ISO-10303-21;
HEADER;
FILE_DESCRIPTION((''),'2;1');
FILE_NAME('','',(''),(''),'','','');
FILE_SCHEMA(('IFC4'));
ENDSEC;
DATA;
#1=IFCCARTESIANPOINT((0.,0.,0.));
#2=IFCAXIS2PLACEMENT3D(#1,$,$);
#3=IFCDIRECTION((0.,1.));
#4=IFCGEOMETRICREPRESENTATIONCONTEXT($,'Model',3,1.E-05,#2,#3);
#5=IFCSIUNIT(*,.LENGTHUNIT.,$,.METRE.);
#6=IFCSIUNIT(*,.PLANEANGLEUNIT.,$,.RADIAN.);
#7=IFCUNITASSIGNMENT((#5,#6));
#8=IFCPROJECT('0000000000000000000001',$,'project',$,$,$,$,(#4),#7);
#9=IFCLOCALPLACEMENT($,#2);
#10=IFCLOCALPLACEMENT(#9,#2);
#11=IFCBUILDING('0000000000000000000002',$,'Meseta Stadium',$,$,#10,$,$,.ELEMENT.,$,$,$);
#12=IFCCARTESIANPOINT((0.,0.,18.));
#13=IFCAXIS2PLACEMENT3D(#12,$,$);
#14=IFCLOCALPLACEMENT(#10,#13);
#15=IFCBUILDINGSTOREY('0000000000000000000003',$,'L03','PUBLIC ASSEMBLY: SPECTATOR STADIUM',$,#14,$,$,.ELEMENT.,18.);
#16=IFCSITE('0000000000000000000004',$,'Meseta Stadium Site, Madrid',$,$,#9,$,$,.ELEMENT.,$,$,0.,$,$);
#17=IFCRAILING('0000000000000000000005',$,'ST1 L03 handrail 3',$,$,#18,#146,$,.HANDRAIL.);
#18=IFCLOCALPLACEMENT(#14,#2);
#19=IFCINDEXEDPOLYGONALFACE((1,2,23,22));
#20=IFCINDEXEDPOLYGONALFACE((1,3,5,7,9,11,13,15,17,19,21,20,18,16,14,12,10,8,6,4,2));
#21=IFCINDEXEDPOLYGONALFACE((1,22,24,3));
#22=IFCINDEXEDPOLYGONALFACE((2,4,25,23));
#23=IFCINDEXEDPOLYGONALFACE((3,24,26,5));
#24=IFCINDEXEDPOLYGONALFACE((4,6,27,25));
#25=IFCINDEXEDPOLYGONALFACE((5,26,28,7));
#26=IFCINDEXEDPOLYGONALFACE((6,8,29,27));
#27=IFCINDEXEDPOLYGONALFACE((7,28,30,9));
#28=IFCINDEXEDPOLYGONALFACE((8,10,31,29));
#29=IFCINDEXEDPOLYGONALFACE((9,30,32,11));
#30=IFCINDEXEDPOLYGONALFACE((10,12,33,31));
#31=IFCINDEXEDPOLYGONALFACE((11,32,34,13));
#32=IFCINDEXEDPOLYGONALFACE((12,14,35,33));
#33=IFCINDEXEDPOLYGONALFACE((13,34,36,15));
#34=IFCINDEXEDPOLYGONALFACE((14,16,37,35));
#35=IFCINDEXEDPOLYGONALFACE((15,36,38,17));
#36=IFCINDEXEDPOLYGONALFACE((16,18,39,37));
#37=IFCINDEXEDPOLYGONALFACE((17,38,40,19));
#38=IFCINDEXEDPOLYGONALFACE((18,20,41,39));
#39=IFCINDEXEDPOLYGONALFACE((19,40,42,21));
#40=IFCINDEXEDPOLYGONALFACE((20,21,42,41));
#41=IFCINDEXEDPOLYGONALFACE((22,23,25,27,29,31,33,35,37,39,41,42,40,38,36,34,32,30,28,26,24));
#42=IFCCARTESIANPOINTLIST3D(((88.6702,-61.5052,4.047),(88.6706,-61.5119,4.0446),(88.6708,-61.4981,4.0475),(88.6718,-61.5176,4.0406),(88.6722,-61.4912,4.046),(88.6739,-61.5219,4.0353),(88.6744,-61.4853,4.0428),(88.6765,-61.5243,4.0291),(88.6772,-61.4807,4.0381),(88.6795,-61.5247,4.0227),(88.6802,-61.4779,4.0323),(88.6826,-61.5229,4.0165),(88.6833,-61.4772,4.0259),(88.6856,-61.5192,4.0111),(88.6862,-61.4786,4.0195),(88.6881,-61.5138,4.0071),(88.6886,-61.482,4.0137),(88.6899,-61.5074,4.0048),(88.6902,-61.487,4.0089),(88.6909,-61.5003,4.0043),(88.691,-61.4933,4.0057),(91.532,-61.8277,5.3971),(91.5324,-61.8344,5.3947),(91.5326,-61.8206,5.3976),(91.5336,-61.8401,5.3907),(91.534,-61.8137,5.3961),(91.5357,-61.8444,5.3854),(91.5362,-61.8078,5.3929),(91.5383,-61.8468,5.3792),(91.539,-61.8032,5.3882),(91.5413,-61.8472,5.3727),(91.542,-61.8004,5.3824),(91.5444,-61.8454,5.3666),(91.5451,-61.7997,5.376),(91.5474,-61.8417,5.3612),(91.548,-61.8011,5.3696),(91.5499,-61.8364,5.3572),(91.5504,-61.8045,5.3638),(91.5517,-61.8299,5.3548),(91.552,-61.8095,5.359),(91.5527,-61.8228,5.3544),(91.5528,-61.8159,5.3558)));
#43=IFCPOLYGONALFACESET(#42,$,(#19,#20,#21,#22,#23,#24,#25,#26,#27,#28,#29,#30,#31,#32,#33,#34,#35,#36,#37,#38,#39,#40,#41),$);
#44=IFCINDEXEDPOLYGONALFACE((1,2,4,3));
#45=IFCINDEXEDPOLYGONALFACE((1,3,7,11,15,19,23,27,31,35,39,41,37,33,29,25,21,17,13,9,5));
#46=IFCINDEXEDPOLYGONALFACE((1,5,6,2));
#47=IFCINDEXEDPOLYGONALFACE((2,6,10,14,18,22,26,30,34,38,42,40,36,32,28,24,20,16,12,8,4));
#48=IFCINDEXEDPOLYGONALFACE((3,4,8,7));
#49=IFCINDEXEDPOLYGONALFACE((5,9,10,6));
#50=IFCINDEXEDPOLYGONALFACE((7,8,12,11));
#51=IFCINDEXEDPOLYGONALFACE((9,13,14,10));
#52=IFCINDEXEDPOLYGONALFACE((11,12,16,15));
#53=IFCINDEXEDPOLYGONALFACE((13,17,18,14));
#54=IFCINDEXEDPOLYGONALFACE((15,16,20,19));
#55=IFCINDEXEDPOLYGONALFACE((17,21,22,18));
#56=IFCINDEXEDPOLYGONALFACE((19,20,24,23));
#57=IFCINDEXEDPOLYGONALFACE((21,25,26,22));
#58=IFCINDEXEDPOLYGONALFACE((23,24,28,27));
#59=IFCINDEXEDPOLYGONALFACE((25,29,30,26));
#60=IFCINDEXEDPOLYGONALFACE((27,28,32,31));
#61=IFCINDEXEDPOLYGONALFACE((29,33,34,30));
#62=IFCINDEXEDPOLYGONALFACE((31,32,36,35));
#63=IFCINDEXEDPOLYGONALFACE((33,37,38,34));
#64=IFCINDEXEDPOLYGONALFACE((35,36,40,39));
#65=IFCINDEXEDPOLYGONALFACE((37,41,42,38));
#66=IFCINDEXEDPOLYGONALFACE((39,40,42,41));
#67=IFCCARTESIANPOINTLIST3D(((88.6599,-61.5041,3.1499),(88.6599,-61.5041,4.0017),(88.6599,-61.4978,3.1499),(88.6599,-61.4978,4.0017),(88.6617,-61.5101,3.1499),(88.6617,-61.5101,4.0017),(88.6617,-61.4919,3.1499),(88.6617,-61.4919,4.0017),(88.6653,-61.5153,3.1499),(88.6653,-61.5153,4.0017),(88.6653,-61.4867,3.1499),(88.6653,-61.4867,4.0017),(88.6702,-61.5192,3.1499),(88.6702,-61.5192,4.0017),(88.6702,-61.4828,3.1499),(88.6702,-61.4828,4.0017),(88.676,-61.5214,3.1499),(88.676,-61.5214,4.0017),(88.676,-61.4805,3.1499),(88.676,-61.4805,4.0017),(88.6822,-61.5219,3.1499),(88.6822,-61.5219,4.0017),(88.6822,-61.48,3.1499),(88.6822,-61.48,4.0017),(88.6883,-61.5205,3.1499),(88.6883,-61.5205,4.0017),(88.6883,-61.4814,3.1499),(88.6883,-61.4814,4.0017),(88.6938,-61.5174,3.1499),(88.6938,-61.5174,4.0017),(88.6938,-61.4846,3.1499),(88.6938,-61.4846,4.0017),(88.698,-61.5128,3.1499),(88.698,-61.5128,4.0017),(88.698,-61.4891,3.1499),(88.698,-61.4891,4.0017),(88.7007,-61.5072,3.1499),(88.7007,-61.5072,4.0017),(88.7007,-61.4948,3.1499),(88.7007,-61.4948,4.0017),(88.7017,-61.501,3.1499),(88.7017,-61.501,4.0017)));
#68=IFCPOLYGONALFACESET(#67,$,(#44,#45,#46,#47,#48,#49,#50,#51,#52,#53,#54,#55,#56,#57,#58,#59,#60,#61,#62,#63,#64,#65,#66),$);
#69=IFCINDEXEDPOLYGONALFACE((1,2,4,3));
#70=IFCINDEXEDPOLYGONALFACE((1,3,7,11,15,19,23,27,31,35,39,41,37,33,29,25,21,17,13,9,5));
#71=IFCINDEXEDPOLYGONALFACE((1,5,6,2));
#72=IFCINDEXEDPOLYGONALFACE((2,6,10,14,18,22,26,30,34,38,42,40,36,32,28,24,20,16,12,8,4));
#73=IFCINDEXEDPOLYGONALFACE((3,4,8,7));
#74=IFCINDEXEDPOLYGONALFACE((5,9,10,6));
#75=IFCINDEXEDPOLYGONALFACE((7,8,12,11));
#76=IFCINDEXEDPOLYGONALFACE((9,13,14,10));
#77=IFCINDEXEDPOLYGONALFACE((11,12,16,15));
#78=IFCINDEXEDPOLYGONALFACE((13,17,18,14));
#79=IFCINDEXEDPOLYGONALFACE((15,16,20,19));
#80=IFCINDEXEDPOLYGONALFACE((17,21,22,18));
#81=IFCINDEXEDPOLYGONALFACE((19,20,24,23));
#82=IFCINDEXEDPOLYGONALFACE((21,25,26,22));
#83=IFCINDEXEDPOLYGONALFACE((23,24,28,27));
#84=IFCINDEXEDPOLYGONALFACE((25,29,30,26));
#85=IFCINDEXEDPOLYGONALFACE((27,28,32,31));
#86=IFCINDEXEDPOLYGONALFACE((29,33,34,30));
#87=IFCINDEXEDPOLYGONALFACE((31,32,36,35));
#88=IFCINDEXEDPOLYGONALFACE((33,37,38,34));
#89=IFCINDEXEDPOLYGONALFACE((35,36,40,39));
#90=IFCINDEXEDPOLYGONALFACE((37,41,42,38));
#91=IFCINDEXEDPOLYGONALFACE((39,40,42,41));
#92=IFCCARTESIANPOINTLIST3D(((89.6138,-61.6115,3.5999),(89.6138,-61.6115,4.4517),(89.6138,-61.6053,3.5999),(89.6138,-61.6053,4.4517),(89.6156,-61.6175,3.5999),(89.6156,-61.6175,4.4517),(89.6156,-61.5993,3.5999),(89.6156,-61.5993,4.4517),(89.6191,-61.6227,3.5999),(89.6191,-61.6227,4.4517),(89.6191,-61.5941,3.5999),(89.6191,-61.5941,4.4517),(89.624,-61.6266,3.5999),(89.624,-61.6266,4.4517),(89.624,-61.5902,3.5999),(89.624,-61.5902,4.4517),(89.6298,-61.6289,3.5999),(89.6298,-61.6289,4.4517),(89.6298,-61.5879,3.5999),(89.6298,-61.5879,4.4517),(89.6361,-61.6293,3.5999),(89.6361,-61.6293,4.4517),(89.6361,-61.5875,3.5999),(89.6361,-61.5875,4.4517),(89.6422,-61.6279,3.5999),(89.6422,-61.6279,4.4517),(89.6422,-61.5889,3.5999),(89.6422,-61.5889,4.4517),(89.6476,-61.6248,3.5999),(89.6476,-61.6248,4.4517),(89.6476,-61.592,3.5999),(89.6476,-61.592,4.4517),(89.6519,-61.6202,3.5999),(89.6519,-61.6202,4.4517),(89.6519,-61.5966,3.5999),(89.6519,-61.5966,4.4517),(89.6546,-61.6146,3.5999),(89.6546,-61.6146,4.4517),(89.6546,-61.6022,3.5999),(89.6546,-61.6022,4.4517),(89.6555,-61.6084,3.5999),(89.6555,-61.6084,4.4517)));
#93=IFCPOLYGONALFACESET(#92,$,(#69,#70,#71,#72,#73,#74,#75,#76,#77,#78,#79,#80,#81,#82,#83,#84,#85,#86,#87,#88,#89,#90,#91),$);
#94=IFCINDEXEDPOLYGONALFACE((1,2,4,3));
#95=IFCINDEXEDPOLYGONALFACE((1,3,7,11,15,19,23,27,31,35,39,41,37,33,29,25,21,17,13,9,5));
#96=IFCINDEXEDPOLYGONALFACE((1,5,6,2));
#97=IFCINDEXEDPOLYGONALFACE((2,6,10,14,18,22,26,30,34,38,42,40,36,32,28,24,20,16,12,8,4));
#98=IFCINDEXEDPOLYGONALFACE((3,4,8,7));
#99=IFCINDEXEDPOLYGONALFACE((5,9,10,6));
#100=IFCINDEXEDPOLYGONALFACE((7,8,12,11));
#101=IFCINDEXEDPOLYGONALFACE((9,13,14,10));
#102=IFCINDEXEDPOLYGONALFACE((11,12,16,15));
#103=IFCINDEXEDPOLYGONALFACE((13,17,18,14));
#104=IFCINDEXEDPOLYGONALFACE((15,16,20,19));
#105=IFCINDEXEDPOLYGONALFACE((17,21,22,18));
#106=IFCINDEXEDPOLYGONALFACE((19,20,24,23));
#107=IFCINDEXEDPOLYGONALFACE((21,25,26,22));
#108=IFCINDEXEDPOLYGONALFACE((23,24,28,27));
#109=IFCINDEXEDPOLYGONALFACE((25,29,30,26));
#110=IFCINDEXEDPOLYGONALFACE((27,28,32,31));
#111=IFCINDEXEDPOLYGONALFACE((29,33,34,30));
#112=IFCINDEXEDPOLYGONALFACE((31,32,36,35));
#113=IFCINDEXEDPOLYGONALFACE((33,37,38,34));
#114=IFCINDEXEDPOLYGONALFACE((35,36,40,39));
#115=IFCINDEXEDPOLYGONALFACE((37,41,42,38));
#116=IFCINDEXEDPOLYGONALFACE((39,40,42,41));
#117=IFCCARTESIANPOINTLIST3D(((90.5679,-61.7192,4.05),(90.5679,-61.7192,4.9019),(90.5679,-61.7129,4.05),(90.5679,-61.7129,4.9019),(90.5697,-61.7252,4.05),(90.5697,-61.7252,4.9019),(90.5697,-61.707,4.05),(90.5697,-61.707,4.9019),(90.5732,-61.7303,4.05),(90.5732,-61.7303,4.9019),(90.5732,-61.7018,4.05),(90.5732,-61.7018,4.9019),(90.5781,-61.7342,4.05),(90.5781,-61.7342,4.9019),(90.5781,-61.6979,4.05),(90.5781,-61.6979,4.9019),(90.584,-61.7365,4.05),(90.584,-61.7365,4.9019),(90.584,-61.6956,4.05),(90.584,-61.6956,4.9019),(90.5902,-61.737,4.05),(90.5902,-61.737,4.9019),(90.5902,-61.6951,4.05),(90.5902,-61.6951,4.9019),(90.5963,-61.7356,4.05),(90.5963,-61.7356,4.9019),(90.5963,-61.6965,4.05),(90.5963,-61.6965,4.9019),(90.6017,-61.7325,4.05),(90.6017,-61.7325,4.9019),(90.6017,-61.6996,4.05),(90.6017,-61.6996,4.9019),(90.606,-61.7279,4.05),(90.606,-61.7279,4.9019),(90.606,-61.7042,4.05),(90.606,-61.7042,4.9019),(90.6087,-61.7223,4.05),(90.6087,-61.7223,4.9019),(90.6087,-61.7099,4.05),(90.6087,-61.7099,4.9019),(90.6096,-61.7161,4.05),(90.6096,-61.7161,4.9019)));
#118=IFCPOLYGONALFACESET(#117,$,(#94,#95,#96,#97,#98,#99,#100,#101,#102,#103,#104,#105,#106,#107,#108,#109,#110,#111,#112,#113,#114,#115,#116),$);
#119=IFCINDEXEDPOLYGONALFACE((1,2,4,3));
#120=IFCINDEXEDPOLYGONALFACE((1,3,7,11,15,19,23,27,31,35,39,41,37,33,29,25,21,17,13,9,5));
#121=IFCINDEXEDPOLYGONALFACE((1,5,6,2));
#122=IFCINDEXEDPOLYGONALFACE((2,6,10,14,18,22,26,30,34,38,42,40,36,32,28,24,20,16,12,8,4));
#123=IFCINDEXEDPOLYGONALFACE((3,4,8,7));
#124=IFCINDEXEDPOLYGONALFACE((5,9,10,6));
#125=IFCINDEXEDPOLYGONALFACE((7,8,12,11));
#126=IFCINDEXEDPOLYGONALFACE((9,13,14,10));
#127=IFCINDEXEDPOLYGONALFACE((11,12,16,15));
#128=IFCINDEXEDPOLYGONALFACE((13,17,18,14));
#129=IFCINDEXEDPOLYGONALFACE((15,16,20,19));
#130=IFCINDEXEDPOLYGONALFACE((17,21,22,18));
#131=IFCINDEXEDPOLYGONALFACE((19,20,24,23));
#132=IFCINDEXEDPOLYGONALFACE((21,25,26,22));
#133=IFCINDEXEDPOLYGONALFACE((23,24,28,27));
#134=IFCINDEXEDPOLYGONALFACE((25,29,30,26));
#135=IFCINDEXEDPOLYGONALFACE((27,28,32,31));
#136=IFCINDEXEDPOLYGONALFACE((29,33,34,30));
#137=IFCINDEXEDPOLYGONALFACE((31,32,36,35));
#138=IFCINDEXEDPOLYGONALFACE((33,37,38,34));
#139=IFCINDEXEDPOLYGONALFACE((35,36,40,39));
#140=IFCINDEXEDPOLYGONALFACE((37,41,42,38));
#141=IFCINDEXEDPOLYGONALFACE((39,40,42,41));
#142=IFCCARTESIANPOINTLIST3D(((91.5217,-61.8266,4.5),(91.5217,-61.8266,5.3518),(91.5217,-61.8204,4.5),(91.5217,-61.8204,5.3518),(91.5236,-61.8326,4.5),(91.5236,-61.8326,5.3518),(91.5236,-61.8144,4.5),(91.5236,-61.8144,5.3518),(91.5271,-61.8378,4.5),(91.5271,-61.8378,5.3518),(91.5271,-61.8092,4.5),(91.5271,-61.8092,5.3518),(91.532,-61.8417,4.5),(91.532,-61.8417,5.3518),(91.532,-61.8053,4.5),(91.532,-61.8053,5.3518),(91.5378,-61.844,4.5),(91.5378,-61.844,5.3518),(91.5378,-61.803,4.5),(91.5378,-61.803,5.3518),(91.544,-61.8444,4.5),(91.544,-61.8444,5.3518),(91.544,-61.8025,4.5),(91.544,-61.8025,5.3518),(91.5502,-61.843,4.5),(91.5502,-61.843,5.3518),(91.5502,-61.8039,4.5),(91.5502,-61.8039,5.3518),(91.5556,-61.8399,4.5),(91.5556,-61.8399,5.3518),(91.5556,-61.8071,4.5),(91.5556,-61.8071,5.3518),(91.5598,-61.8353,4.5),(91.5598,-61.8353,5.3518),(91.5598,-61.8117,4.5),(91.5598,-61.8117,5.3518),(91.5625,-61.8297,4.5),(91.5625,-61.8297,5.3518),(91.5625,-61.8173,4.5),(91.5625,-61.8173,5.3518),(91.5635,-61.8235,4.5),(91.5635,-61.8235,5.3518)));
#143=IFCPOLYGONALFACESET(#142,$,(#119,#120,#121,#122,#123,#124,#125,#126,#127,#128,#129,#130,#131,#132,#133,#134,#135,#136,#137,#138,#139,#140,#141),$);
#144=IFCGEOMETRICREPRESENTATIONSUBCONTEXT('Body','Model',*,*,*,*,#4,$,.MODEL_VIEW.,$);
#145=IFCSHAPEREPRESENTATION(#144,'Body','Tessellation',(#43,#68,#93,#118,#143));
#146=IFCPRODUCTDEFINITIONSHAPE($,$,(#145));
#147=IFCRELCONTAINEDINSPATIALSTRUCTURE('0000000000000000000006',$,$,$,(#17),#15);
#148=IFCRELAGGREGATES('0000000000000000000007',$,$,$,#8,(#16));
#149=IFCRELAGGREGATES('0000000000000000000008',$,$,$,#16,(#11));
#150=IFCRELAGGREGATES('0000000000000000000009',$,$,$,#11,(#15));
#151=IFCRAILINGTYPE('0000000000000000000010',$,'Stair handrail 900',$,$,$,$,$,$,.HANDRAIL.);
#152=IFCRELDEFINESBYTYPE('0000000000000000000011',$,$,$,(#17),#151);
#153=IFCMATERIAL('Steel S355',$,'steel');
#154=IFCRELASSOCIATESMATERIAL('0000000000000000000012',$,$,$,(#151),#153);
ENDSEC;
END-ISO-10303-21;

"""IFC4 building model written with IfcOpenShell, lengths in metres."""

from ifc_helpers import new_model, si_unit, direction, frame, origin, origin_2d, place, context, subcontext, project, spatial, circle, extrude, material, type_object, element, save


model = new_model("IFC4")

# Units and contexts
model_context = context("Model", 3, precision=1e-05, world=origin(), true_north=direction((0.0, 1.0)))
body_context = subcontext(model_context, "Body", "Model", "MODEL_VIEW")
ifc_project = project(units=[si_unit("LENGTHUNIT", "METRE"), si_unit("PLANEANGLEUNIT", "RADIAN")], contexts=[model_context])

# Site, building, storey
site_placement = place(None, origin())
site = spatial("IfcSite", under=ifc_project, at=site_placement, Name="Meseta Stadium Site, Madrid", CompositionType="ELEMENT", RefElevation=0.0)
building_placement = place(site_placement, origin())
building = spatial("IfcBuilding", under=site, at=building_placement, Name="Meseta Stadium", CompositionType="ELEMENT")
storey_placement = place(building_placement, frame((0.0, 0.0, 18.0)))
storey = spatial("IfcBuildingStorey", under=building, at=storey_placement, Name="L03", Description="PUBLIC ASSEMBLY: SPECTATOR STADIUM", CompositionType="ELEMENT", Elevation=18.0)

# Railing
ifc_material_1 = material(Name="Steel S355", Category="steel")
railing_type_1 = type_object("IfcRailingType", Name="Stair handrail 900", PredefinedType="HANDRAIL", material=ifc_material_1)
for number, where, name in (
    (1, (88.6807, -61.501, 3.1499), "ST1 L03 handrail 3"),
):
    element("IfcRailing", number, at=place(storey_placement, frame(where)), inside=storey, type_object=railing_type_1, Name=name, PredefinedType="HANDRAIL", context=body_context, shape_type="SweptSolid", body=[
        extrude(circle(Radius=0.0239, at=origin_2d()), frame((0.0, 0.0, 0.876), z_axis=(0.899748, -0.101396, 0.424467), x_axis=(0.111985, 0.99371, 0.0)), (0.0, 0.0, 1.0), 3.1807),
        extrude(circle(Radius=0.021, at=origin_2d()), origin(), (0.0, 0.0, 1.0), 0.8518),
        extrude(circle(Radius=0.021, at=origin_2d()), frame((0.9539, -0.1074, 0.45)), (0.0, 0.0, 1.0), 0.8518),
        extrude(circle(Radius=0.021, at=origin_2d()), frame((1.908, -0.2151, 0.9001)), (0.0, 0.0, 1.0), 0.8518),
        extrude(circle(Radius=0.021, at=origin_2d()), frame((2.8618, -0.3225, 1.3501)), (0.0, 0.0, 1.0), 0.8518),
    ])

save(model, "model.ifc")
